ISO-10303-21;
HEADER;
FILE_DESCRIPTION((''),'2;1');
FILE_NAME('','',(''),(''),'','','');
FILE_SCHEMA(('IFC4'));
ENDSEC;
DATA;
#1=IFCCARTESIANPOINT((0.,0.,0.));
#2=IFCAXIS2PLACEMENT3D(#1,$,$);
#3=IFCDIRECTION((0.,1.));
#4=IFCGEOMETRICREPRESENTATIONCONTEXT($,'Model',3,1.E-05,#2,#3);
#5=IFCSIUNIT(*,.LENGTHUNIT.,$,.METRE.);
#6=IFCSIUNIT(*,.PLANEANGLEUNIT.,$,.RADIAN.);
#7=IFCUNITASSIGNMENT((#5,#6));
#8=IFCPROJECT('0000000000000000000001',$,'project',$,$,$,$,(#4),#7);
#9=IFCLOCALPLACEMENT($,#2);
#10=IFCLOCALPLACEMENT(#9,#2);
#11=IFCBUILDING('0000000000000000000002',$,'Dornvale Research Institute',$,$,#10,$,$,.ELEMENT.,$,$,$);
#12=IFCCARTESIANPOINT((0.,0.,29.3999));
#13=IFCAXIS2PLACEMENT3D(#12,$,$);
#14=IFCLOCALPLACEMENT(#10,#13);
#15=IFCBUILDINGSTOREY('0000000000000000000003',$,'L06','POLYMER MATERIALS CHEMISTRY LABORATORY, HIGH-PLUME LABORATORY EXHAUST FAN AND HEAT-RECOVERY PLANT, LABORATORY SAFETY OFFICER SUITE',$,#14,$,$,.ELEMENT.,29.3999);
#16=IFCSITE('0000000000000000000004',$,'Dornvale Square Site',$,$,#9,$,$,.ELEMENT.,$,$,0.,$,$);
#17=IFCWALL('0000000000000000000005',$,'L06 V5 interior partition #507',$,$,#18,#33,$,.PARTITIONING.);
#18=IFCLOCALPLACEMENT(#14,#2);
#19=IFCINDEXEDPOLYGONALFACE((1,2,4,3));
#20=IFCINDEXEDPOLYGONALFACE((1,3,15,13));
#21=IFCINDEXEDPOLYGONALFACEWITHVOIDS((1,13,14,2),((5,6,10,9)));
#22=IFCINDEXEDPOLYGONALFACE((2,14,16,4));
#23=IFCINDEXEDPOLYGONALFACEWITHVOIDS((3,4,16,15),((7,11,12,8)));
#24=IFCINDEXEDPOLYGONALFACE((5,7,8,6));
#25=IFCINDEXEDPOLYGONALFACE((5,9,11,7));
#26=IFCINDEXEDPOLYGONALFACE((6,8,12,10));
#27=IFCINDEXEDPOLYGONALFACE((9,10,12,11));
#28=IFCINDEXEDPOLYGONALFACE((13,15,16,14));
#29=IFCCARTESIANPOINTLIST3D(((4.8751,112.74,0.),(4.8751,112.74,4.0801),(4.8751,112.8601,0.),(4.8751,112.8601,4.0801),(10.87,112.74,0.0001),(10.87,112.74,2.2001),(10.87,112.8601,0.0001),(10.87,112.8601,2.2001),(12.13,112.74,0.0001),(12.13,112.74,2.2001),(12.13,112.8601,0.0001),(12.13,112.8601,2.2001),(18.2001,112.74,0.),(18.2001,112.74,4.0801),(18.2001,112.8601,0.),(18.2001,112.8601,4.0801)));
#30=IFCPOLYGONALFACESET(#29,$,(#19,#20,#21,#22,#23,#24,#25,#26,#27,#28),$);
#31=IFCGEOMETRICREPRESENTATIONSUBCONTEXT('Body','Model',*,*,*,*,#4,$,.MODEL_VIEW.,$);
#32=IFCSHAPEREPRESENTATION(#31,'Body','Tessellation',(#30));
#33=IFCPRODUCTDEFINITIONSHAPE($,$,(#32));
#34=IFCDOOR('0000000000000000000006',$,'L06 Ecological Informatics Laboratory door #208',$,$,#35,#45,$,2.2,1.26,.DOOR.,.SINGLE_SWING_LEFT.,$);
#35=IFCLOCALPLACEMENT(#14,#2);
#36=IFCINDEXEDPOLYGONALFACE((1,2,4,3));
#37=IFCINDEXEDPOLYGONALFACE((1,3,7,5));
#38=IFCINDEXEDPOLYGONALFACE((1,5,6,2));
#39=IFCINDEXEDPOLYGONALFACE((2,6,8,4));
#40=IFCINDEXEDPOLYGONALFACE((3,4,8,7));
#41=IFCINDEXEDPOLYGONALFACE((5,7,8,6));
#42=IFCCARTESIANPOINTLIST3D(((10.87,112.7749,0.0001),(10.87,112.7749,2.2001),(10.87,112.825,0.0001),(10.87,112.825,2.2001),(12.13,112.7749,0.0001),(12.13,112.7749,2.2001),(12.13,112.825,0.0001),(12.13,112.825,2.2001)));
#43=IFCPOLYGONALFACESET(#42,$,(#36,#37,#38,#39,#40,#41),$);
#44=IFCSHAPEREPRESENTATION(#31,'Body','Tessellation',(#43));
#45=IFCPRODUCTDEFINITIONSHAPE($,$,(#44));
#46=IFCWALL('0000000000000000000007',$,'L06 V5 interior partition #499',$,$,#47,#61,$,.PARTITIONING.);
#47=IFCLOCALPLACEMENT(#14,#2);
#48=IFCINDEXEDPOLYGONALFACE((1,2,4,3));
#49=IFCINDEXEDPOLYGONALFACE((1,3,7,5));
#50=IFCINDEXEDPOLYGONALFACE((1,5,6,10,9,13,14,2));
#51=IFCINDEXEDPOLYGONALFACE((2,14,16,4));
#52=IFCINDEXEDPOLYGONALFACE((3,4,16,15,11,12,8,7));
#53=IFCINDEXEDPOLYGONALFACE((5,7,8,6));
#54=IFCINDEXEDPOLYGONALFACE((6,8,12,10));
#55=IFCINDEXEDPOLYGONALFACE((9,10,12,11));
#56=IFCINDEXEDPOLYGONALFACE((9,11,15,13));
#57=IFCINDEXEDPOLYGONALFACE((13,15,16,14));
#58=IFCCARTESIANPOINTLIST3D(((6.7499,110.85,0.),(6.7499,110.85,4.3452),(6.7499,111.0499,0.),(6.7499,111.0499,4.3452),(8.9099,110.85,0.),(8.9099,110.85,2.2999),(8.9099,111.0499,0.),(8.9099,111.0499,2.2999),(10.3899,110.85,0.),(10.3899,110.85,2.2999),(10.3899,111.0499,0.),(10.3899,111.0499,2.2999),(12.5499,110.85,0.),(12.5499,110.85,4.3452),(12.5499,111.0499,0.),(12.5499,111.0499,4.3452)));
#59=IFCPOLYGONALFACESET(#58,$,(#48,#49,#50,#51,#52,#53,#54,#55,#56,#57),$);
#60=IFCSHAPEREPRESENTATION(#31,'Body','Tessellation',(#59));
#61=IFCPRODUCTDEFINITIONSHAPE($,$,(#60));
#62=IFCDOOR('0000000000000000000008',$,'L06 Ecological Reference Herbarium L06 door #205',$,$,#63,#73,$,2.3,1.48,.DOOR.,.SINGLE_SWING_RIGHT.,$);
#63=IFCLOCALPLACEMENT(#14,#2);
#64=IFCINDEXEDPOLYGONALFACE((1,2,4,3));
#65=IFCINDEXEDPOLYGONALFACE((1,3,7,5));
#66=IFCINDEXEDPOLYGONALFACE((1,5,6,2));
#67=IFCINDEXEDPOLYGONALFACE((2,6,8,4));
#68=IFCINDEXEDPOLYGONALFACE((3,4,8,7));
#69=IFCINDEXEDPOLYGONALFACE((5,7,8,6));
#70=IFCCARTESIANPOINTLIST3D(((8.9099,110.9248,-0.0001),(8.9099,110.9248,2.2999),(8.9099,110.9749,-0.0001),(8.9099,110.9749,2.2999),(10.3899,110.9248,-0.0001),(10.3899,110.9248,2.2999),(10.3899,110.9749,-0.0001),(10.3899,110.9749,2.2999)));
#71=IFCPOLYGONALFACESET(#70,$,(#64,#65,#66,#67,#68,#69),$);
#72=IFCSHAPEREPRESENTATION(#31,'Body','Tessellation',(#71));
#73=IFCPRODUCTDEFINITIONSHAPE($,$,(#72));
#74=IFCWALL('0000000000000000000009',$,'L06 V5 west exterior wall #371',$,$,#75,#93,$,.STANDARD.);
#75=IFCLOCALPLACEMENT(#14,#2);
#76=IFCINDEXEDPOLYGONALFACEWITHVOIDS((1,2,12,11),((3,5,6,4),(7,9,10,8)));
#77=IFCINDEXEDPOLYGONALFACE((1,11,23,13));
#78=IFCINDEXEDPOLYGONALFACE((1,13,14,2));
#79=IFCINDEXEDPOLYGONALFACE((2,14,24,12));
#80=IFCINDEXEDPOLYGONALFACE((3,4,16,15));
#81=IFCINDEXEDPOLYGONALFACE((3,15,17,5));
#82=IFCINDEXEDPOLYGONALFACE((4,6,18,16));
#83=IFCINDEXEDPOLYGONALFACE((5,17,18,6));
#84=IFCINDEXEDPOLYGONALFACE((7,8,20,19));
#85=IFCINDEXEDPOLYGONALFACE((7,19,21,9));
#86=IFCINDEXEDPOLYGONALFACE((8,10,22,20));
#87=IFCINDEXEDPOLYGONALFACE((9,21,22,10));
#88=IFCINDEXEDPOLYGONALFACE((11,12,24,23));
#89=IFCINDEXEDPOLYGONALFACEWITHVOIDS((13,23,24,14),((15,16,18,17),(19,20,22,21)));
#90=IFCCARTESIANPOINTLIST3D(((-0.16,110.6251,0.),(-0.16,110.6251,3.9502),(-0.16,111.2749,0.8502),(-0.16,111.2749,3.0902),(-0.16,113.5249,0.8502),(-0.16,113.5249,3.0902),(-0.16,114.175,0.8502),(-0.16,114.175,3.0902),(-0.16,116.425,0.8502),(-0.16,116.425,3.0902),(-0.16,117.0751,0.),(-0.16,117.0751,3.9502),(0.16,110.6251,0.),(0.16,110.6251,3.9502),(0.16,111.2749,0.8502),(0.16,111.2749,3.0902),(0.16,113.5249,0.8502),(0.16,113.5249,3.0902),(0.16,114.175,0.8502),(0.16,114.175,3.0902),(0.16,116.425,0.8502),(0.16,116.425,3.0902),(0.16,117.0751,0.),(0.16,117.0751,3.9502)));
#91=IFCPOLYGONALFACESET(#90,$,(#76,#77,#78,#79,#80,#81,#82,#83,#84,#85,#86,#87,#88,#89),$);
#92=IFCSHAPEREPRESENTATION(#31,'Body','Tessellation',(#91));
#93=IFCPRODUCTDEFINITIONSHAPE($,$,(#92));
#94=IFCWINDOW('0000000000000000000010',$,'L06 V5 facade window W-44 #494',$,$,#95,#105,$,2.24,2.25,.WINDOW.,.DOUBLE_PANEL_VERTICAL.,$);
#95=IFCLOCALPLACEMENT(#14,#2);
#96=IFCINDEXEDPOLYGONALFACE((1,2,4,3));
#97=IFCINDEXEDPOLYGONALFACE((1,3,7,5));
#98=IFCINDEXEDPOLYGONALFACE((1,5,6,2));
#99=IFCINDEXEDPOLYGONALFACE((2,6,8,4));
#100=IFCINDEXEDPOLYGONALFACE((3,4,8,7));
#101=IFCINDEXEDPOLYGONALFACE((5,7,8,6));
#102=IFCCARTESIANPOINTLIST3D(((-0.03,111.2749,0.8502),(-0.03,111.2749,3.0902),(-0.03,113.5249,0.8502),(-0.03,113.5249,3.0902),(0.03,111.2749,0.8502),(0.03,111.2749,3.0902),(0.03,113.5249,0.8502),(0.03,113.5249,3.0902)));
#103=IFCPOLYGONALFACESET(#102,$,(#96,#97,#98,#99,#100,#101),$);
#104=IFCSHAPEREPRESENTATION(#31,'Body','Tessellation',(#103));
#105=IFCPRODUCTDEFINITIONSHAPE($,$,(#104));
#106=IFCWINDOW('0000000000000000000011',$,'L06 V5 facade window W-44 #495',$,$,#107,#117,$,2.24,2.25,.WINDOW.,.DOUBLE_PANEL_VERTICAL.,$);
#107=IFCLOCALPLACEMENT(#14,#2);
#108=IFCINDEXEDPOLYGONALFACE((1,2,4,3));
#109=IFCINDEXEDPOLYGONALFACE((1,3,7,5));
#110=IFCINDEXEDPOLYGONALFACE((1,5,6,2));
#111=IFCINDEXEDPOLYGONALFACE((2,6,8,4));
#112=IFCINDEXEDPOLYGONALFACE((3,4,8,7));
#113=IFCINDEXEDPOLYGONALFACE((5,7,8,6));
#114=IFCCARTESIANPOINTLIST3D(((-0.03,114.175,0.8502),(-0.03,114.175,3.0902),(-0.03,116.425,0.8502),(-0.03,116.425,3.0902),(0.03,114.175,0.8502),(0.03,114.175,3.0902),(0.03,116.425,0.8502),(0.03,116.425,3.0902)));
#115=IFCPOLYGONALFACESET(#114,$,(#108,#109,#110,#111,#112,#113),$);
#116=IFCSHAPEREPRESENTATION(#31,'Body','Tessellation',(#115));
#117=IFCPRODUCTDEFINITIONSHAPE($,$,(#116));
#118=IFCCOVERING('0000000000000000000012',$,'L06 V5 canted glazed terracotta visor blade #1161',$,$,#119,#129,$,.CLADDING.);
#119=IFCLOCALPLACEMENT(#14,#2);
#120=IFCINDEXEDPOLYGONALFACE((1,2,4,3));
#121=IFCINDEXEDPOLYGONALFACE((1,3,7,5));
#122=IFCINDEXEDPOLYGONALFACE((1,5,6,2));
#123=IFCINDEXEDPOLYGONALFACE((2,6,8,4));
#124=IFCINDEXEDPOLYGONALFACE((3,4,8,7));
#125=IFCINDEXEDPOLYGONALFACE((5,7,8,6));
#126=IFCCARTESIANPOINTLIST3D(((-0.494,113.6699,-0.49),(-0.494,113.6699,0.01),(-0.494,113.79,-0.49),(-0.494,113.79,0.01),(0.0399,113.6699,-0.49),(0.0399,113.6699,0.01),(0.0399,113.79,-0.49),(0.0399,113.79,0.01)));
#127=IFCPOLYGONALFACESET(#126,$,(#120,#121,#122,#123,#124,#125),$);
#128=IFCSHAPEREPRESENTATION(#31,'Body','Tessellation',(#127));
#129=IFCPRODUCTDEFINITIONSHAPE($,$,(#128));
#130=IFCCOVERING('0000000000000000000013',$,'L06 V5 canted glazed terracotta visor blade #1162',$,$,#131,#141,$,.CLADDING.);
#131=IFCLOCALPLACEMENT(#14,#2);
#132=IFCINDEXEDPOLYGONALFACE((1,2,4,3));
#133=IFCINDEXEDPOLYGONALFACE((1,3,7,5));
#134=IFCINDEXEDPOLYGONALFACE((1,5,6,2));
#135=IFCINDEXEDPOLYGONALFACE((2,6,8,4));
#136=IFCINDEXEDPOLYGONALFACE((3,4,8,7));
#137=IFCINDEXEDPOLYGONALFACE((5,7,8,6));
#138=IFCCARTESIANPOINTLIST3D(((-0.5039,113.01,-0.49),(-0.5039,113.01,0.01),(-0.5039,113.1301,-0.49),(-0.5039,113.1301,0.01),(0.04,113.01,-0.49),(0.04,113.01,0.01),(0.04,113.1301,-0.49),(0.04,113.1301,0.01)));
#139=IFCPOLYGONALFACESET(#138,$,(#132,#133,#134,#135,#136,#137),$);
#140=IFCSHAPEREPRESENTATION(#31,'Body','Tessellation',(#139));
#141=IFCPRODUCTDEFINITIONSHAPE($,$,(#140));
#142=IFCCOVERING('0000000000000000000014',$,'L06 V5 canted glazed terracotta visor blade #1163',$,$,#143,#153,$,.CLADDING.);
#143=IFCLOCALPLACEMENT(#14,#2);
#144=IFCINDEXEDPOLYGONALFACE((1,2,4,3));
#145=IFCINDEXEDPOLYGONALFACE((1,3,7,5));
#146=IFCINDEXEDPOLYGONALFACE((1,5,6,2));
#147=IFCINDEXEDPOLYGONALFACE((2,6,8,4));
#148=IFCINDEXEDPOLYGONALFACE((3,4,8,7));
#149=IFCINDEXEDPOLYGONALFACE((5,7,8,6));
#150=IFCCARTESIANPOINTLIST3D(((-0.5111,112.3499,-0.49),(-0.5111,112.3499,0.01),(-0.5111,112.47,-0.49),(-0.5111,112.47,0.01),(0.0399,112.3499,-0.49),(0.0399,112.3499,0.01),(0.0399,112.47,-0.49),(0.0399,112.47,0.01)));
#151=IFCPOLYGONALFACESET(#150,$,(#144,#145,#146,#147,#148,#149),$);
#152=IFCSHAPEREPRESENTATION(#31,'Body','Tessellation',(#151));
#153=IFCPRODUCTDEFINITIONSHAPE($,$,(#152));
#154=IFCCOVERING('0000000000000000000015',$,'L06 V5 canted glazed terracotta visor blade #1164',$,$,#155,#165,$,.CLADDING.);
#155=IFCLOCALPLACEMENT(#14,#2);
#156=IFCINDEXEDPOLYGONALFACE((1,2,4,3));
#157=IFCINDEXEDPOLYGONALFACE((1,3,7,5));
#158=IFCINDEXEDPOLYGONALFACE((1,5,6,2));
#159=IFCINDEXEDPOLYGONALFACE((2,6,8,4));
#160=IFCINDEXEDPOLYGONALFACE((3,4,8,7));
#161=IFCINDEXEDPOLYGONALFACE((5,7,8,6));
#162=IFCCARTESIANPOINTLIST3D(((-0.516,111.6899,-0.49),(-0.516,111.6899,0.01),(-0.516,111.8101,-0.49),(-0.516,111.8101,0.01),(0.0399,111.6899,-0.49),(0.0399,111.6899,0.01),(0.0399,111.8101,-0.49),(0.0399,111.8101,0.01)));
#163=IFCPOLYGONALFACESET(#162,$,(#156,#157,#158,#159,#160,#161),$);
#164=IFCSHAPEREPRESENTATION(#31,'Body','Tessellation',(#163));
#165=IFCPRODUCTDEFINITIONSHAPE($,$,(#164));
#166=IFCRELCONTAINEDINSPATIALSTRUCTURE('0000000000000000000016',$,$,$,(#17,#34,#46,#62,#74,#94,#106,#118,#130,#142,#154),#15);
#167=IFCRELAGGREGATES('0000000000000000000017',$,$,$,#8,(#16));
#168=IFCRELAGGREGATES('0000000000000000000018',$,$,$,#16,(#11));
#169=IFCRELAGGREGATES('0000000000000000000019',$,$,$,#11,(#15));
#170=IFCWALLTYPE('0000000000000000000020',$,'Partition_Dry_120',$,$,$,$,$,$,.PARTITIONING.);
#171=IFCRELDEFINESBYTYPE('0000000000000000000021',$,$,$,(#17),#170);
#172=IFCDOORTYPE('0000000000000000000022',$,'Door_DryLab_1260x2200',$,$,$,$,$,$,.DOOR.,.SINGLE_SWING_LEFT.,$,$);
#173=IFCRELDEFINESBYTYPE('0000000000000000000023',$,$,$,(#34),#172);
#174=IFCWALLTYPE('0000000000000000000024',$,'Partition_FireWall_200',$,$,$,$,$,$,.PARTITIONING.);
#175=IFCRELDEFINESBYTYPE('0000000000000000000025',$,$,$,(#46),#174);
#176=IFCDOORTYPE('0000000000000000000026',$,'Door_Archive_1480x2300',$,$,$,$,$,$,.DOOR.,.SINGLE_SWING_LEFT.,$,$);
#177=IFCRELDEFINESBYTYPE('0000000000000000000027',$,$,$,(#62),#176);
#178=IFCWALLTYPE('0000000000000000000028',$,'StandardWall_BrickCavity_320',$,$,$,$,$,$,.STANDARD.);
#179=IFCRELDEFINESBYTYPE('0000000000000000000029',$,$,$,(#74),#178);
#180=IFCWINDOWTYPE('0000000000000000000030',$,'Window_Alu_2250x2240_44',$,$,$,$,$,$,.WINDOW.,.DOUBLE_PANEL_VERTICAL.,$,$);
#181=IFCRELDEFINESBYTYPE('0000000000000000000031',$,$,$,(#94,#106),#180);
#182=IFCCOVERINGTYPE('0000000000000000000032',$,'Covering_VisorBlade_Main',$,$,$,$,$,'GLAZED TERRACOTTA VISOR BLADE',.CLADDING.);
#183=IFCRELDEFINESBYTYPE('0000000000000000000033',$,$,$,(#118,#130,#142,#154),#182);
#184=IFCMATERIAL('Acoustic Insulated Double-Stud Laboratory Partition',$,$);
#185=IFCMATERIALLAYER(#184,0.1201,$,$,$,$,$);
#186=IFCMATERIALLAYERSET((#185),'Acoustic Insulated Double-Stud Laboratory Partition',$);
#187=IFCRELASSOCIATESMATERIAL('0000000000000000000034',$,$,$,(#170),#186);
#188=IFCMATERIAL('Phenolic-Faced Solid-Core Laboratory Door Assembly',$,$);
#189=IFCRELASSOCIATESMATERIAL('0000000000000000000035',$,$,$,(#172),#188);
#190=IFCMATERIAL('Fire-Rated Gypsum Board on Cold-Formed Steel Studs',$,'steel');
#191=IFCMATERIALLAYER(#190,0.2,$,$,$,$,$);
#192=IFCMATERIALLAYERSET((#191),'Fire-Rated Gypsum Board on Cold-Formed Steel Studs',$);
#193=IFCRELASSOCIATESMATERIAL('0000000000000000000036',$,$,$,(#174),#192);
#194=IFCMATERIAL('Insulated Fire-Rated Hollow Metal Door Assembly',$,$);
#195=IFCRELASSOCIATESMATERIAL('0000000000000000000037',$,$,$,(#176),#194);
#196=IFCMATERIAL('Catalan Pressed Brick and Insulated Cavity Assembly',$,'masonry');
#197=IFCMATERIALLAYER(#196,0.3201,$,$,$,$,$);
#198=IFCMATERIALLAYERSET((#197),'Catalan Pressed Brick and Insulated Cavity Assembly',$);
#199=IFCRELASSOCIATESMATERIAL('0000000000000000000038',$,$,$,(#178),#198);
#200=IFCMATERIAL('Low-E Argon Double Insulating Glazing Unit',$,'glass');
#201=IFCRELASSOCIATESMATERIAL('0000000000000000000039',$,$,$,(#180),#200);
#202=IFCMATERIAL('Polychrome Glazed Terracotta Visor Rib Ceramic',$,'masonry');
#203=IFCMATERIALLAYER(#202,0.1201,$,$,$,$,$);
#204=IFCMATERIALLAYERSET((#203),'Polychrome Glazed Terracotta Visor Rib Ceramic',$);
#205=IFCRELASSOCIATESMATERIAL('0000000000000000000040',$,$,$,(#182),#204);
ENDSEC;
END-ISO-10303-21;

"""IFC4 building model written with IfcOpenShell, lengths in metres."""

from ifc_helpers import new_model, si_unit, direction, frame, frame_2d, origin, origin_2d, place, context, subcontext, project, spatial, rectangle, extrude, material, layer, layer_set, type_object, element, fill, save


model = new_model("IFC4")

# Units and contexts
model_context = context("Model", 3, precision=1e-05, world=origin(), true_north=direction((0.0, 1.0)))
body_context = subcontext(model_context, "Body", "Model", "MODEL_VIEW")
ifc_project = project(units=[si_unit("LENGTHUNIT", "METRE"), si_unit("PLANEANGLEUNIT", "RADIAN")], contexts=[model_context])

# Site, building, storey
site_placement = place(None, origin())
site = spatial("IfcSite", under=ifc_project, at=site_placement, Name="Dornvale Square Site", CompositionType="ELEMENT", RefElevation=0.0)
building_placement = place(site_placement, origin())
building = spatial("IfcBuilding", under=site, at=building_placement, Name="Dornvale Research Institute", CompositionType="ELEMENT")
storey_placement = place(building_placement, frame((0.0, 0.0, 29.3999)))
storey = spatial("IfcBuildingStorey", under=building, at=storey_placement, Name="L06", Description="POLYMER MATERIALS CHEMISTRY LABORATORY, HIGH-PLUME LABORATORY EXHAUST FAN AND HEAT-RECOVERY PLANT, LABORATORY SAFETY OFFICER SUITE", CompositionType="ELEMENT", Elevation=29.3999)

# Shared definitions
ifc_material_1 = material(Name="Acoustic Insulated Double-Stud Laboratory Partition")
ifc_layer_1 = layer(ifc_material_1, 0.1201)
ifc_layer_set_1 = layer_set([ifc_layer_1], Name="Acoustic Insulated Double-Stud Laboratory Partition")
wall_type_1 = type_object("IfcWallType", Name="Partition_Dry_120", PredefinedType="PARTITIONING", material=ifc_layer_set_1)

# Walls, openings, doors
wall_1_placement = place(storey_placement, frame((4.875, 112.8, 0.0), z_axis=(0.0, 0.0, 1.0), x_axis=(1.0, 0.0, 0.0)))
wall_1 = element("IfcWall", 1, at=wall_1_placement, inside=storey, type_object=wall_type_1, Name="L06 V5 interior partition #507", PredefinedType="PARTITIONING", context=body_context, shape_type="SweptSolid", body=[
    extrude(rectangle(XDim=13.325, YDim=0.1201, at=frame_2d((6.6626, 0.0))), origin(), (0.0, 0.0, 1.0), 4.0801),
])
opening_1_placement = place(wall_1_placement, frame((5.9951, 0.0, 0.0)))
opening_1 = element("IfcOpeningElement", 2, at=opening_1_placement, cuts=wall_1, PredefinedType="OPENING", context=body_context, shape_type="SweptSolid", body=[
    extrude(rectangle(XDim=1.26, YDim=2.2, at=frame_2d((0.6299, 1.1001))), frame((0.0, 0.075, 0.0), z_axis=(0.0, -1.0, 0.0), x_axis=(1.0, 0.0, 0.0)), (0.0, 0.0, 1.0), 0.1501),
])
ifc_material_2 = material(Name="Phenolic-Faced Solid-Core Laboratory Door Assembly")
door_type_1 = type_object("IfcDoorType", Name="Door_DryLab_1260x2200", OperationType="SINGLE_SWING_LEFT", PredefinedType="DOOR", material=ifc_material_2)
door_1_placement = place(opening_1_placement, origin())
door_1 = element("IfcDoor", 3, at=door_1_placement, inside=storey, type_object=door_type_1, Name="L06 Ecological Informatics Laboratory door #208", OperationType="SINGLE_SWING_LEFT", OverallHeight=2.2, OverallWidth=1.26, PredefinedType="DOOR", context=body_context, shape_type="SweptSolid", body=[
    extrude(rectangle(XDim=1.26, YDim=2.2, at=frame_2d((0.6299, 1.1001))), frame((0.0, 0.0249, 0.0), z_axis=(0.0, -1.0, 0.0), x_axis=(1.0, 0.0, 0.0)), (0.0, 0.0, 1.0), 0.05),
])
fill(opening_1, door_1)
ifc_material_3 = material(Name="Fire-Rated Gypsum Board on Cold-Formed Steel Studs", Category="steel")
ifc_layer_2 = layer(ifc_material_3, 0.2)
ifc_layer_set_2 = layer_set([ifc_layer_2], Name="Fire-Rated Gypsum Board on Cold-Formed Steel Studs")
wall_type_2 = type_object("IfcWallType", Name="Partition_FireWall_200", PredefinedType="PARTITIONING", material=ifc_layer_set_2)
wall_2_placement = place(storey_placement, frame((6.75, 110.95, 0.0), z_axis=(0.0, 0.0, 1.0), x_axis=(1.0, 0.0, 0.0)))
wall_2 = element("IfcWall", 4, at=wall_2_placement, inside=storey, type_object=wall_type_2, Name="L06 V5 interior partition #499", PredefinedType="PARTITIONING", context=body_context, shape_type="SweptSolid", body=[
    extrude(rectangle(XDim=5.8, YDim=0.2, at=frame_2d((2.8999, 0.0))), origin(), (0.0, 0.0, 1.0), 4.3452),
])
opening_2_placement = place(wall_2_placement, frame((2.1599, 0.0, 0.0)))
opening_2 = element("IfcOpeningElement", 5, at=opening_2_placement, cuts=wall_2, PredefinedType="OPENING", context=body_context, shape_type="SweptSolid", body=[
    extrude(rectangle(XDim=1.48, YDim=2.3, at=frame_2d((0.74, 1.1499))), frame((0.0, 0.115, 0.0), z_axis=(0.0, -1.0, 0.0), x_axis=(1.0, 0.0, 0.0)), (0.0, 0.0, 1.0), 0.23),
])
ifc_material_4 = material(Name="Insulated Fire-Rated Hollow Metal Door Assembly")
door_type_2 = type_object("IfcDoorType", Name="Door_Archive_1480x2300", OperationType="SINGLE_SWING_LEFT", PredefinedType="DOOR", material=ifc_material_4)
door_2_placement = place(opening_2_placement, origin())
door_2 = element("IfcDoor", 6, at=door_2_placement, inside=storey, type_object=door_type_2, Name="L06 Ecological Reference Herbarium L06 door #205", OperationType="SINGLE_SWING_RIGHT", OverallHeight=2.3, OverallWidth=1.48, PredefinedType="DOOR", context=body_context, shape_type="SweptSolid", body=[
    extrude(rectangle(XDim=1.48, YDim=2.3, at=frame_2d((0.74, 1.1499))), frame((0.0, 0.0249, 0.0), z_axis=(0.0, -1.0, 0.0), x_axis=(1.0, 0.0, 0.0)), (0.0, 0.0, 1.0), 0.05),
])
fill(opening_2, door_2)

# Wall, openings, windows
ifc_material_5 = material(Name="Catalan Pressed Brick and Insulated Cavity Assembly", Category="masonry")
ifc_layer_3 = layer(ifc_material_5, 0.3201)
ifc_layer_set_3 = layer_set([ifc_layer_3], Name="Catalan Pressed Brick and Insulated Cavity Assembly")
wall_type_3 = type_object("IfcWallType", Name="StandardWall_BrickCavity_320", PredefinedType="STANDARD", material=ifc_layer_set_3)
wall_3_placement = place(storey_placement, frame((0.0, 110.625, 0.0), z_axis=(0.0, 0.0, 1.0), x_axis=(0.0, 1.0, 0.0)))
wall_3 = element("IfcWall", 7, at=wall_3_placement, inside=storey, type_object=wall_type_3, Name="L06 V5 west exterior wall #371", PredefinedType="STANDARD", context=body_context, shape_type="SweptSolid", body=[
    extrude(rectangle(XDim=6.45, YDim=0.3201, at=frame_2d((3.2251, 0.0))), origin(), (0.0, 0.0, 1.0), 3.9502),
])
opening_3_placement = place(wall_3_placement, frame((0.6499, 0.0, 0.8501)))
opening_3 = element("IfcOpeningElement", 8, at=opening_3_placement, cuts=wall_3, PredefinedType="OPENING", context=body_context, shape_type="SweptSolid", body=[
    extrude(rectangle(XDim=2.25, YDim=2.24, at=frame_2d((1.125, 1.1201))), frame((0.0, 0.175, 0.0), z_axis=(0.0, -1.0, 0.0), x_axis=(1.0, 0.0, 0.0)), (0.0, 0.0, 1.0), 0.3501),
])
opening_4_placement = place(wall_3_placement, frame((3.55, 0.0, 0.8501)))
opening_4 = element("IfcOpeningElement", 9, at=opening_4_placement, cuts=wall_3, PredefinedType="OPENING", context=body_context, shape_type="SweptSolid", body=[
    extrude(rectangle(XDim=2.25, YDim=2.24, at=frame_2d((1.125, 1.1201))), frame((0.0, 0.175, 0.0), z_axis=(0.0, -1.0, 0.0), x_axis=(1.0, 0.0, 0.0)), (0.0, 0.0, 1.0), 0.3501),
])
ifc_material_6 = material(Name="Low-E Argon Double Insulating Glazing Unit", Category="glass")
window_type = type_object("IfcWindowType", Name="Window_Alu_2250x2240_44", PartitioningType="DOUBLE_PANEL_VERTICAL", PredefinedType="WINDOW", material=ifc_material_6)
window_1_placement = place(opening_3_placement, origin())
window_1 = element("IfcWindow", 10, at=window_1_placement, inside=storey, type_object=window_type, Name="L06 V5 facade window W-44 #494", OverallHeight=2.24, OverallWidth=2.25, PartitioningType="DOUBLE_PANEL_VERTICAL", PredefinedType="WINDOW", context=body_context, shape_type="SweptSolid", body=[
    extrude(rectangle(XDim=2.25, YDim=2.24, at=frame_2d((1.125, 1.1201))), frame((0.0, 0.03, 0.0), z_axis=(0.0, -1.0, 0.0), x_axis=(1.0, 0.0, 0.0)), (0.0, 0.0, 1.0), 0.0601),
])
fill(opening_3, window_1)
window_2_placement = place(opening_4_placement, origin())
window_2 = element("IfcWindow", 11, at=window_2_placement, inside=storey, type_object=window_type, Name="L06 V5 facade window W-44 #495", OverallHeight=2.24, OverallWidth=2.25, PartitioningType="DOUBLE_PANEL_VERTICAL", PredefinedType="WINDOW", context=body_context, shape_type="SweptSolid", body=[
    extrude(rectangle(XDim=2.25, YDim=2.24, at=frame_2d((1.125, 1.1201))), frame((0.0, 0.03, 0.0), z_axis=(0.0, -1.0, 0.0), x_axis=(1.0, 0.0, 0.0)), (0.0, 0.0, 1.0), 0.0601),
])
fill(opening_4, window_2)

# Coverings
ifc_material_7 = material(Name="Polychrome Glazed Terracotta Visor Rib Ceramic", Category="masonry")
ifc_layer_4 = layer(ifc_material_7, 0.1201)
ifc_layer_set_4 = layer_set([ifc_layer_4], Name="Polychrome Glazed Terracotta Visor Rib Ceramic")
covering_type = type_object("IfcCoveringType", Name="Covering_VisorBlade_Main", ElementType="GLAZED TERRACOTTA VISOR BLADE", PredefinedType="CLADDING", material=ifc_layer_set_4)
covering_1_placement = place(storey_placement, frame((-0.2271, 113.73, -0.49), z_axis=(0.0, 0.0, 1.0), x_axis=(1.0, 0.0, 0.0)))
element("IfcCovering", 12, at=covering_1_placement, inside=storey, type_object=covering_type, Name="L06 V5 canted glazed terracotta visor blade #1161", PredefinedType="CLADDING", context=body_context, shape_type="SweptSolid", body=[
    extrude(rectangle(XDim=0.5339, YDim=0.1201, at=origin_2d()), origin(), (0.0, 0.0, 1.0), 0.5),
])
covering_2_placement = place(storey_placement, frame((-0.2319, 113.0701, -0.49), z_axis=(0.0, 0.0, 1.0), x_axis=(1.0, 0.0, 0.0)))
element("IfcCovering", 13, at=covering_2_placement, inside=storey, type_object=covering_type, Name="L06 V5 canted glazed terracotta visor blade #1162", PredefinedType="CLADDING", context=body_context, shape_type="SweptSolid", body=[
    extrude(rectangle(XDim=0.5439, YDim=0.1201, at=origin_2d()), origin(), (0.0, 0.0, 1.0), 0.5),
])
covering_3_placement = place(storey_placement, frame((-0.2356, 112.4099, -0.49), z_axis=(0.0, 0.0, 1.0), x_axis=(1.0, 0.0, 0.0)))
element("IfcCovering", 14, at=covering_3_placement, inside=storey, type_object=covering_type, Name="L06 V5 canted glazed terracotta visor blade #1163", PredefinedType="CLADDING", context=body_context, shape_type="SweptSolid", body=[
    extrude(rectangle(XDim=0.551, YDim=0.1201, at=origin_2d()), origin(), (0.0, 0.0, 1.0), 0.5),
])
covering_4_placement = place(storey_placement, frame((-0.238, 111.75, -0.49), z_axis=(0.0, 0.0, 1.0), x_axis=(1.0, 0.0, 0.0)))
element("IfcCovering", 15, at=covering_4_placement, inside=storey, type_object=covering_type, Name="L06 V5 canted glazed terracotta visor blade #1164", PredefinedType="CLADDING", context=body_context, shape_type="SweptSolid", body=[
    extrude(rectangle(XDim=0.5559, YDim=0.1201, at=origin_2d()), origin(), (0.0, 0.0, 1.0), 0.5),
])

save(model, "model.ifc")
